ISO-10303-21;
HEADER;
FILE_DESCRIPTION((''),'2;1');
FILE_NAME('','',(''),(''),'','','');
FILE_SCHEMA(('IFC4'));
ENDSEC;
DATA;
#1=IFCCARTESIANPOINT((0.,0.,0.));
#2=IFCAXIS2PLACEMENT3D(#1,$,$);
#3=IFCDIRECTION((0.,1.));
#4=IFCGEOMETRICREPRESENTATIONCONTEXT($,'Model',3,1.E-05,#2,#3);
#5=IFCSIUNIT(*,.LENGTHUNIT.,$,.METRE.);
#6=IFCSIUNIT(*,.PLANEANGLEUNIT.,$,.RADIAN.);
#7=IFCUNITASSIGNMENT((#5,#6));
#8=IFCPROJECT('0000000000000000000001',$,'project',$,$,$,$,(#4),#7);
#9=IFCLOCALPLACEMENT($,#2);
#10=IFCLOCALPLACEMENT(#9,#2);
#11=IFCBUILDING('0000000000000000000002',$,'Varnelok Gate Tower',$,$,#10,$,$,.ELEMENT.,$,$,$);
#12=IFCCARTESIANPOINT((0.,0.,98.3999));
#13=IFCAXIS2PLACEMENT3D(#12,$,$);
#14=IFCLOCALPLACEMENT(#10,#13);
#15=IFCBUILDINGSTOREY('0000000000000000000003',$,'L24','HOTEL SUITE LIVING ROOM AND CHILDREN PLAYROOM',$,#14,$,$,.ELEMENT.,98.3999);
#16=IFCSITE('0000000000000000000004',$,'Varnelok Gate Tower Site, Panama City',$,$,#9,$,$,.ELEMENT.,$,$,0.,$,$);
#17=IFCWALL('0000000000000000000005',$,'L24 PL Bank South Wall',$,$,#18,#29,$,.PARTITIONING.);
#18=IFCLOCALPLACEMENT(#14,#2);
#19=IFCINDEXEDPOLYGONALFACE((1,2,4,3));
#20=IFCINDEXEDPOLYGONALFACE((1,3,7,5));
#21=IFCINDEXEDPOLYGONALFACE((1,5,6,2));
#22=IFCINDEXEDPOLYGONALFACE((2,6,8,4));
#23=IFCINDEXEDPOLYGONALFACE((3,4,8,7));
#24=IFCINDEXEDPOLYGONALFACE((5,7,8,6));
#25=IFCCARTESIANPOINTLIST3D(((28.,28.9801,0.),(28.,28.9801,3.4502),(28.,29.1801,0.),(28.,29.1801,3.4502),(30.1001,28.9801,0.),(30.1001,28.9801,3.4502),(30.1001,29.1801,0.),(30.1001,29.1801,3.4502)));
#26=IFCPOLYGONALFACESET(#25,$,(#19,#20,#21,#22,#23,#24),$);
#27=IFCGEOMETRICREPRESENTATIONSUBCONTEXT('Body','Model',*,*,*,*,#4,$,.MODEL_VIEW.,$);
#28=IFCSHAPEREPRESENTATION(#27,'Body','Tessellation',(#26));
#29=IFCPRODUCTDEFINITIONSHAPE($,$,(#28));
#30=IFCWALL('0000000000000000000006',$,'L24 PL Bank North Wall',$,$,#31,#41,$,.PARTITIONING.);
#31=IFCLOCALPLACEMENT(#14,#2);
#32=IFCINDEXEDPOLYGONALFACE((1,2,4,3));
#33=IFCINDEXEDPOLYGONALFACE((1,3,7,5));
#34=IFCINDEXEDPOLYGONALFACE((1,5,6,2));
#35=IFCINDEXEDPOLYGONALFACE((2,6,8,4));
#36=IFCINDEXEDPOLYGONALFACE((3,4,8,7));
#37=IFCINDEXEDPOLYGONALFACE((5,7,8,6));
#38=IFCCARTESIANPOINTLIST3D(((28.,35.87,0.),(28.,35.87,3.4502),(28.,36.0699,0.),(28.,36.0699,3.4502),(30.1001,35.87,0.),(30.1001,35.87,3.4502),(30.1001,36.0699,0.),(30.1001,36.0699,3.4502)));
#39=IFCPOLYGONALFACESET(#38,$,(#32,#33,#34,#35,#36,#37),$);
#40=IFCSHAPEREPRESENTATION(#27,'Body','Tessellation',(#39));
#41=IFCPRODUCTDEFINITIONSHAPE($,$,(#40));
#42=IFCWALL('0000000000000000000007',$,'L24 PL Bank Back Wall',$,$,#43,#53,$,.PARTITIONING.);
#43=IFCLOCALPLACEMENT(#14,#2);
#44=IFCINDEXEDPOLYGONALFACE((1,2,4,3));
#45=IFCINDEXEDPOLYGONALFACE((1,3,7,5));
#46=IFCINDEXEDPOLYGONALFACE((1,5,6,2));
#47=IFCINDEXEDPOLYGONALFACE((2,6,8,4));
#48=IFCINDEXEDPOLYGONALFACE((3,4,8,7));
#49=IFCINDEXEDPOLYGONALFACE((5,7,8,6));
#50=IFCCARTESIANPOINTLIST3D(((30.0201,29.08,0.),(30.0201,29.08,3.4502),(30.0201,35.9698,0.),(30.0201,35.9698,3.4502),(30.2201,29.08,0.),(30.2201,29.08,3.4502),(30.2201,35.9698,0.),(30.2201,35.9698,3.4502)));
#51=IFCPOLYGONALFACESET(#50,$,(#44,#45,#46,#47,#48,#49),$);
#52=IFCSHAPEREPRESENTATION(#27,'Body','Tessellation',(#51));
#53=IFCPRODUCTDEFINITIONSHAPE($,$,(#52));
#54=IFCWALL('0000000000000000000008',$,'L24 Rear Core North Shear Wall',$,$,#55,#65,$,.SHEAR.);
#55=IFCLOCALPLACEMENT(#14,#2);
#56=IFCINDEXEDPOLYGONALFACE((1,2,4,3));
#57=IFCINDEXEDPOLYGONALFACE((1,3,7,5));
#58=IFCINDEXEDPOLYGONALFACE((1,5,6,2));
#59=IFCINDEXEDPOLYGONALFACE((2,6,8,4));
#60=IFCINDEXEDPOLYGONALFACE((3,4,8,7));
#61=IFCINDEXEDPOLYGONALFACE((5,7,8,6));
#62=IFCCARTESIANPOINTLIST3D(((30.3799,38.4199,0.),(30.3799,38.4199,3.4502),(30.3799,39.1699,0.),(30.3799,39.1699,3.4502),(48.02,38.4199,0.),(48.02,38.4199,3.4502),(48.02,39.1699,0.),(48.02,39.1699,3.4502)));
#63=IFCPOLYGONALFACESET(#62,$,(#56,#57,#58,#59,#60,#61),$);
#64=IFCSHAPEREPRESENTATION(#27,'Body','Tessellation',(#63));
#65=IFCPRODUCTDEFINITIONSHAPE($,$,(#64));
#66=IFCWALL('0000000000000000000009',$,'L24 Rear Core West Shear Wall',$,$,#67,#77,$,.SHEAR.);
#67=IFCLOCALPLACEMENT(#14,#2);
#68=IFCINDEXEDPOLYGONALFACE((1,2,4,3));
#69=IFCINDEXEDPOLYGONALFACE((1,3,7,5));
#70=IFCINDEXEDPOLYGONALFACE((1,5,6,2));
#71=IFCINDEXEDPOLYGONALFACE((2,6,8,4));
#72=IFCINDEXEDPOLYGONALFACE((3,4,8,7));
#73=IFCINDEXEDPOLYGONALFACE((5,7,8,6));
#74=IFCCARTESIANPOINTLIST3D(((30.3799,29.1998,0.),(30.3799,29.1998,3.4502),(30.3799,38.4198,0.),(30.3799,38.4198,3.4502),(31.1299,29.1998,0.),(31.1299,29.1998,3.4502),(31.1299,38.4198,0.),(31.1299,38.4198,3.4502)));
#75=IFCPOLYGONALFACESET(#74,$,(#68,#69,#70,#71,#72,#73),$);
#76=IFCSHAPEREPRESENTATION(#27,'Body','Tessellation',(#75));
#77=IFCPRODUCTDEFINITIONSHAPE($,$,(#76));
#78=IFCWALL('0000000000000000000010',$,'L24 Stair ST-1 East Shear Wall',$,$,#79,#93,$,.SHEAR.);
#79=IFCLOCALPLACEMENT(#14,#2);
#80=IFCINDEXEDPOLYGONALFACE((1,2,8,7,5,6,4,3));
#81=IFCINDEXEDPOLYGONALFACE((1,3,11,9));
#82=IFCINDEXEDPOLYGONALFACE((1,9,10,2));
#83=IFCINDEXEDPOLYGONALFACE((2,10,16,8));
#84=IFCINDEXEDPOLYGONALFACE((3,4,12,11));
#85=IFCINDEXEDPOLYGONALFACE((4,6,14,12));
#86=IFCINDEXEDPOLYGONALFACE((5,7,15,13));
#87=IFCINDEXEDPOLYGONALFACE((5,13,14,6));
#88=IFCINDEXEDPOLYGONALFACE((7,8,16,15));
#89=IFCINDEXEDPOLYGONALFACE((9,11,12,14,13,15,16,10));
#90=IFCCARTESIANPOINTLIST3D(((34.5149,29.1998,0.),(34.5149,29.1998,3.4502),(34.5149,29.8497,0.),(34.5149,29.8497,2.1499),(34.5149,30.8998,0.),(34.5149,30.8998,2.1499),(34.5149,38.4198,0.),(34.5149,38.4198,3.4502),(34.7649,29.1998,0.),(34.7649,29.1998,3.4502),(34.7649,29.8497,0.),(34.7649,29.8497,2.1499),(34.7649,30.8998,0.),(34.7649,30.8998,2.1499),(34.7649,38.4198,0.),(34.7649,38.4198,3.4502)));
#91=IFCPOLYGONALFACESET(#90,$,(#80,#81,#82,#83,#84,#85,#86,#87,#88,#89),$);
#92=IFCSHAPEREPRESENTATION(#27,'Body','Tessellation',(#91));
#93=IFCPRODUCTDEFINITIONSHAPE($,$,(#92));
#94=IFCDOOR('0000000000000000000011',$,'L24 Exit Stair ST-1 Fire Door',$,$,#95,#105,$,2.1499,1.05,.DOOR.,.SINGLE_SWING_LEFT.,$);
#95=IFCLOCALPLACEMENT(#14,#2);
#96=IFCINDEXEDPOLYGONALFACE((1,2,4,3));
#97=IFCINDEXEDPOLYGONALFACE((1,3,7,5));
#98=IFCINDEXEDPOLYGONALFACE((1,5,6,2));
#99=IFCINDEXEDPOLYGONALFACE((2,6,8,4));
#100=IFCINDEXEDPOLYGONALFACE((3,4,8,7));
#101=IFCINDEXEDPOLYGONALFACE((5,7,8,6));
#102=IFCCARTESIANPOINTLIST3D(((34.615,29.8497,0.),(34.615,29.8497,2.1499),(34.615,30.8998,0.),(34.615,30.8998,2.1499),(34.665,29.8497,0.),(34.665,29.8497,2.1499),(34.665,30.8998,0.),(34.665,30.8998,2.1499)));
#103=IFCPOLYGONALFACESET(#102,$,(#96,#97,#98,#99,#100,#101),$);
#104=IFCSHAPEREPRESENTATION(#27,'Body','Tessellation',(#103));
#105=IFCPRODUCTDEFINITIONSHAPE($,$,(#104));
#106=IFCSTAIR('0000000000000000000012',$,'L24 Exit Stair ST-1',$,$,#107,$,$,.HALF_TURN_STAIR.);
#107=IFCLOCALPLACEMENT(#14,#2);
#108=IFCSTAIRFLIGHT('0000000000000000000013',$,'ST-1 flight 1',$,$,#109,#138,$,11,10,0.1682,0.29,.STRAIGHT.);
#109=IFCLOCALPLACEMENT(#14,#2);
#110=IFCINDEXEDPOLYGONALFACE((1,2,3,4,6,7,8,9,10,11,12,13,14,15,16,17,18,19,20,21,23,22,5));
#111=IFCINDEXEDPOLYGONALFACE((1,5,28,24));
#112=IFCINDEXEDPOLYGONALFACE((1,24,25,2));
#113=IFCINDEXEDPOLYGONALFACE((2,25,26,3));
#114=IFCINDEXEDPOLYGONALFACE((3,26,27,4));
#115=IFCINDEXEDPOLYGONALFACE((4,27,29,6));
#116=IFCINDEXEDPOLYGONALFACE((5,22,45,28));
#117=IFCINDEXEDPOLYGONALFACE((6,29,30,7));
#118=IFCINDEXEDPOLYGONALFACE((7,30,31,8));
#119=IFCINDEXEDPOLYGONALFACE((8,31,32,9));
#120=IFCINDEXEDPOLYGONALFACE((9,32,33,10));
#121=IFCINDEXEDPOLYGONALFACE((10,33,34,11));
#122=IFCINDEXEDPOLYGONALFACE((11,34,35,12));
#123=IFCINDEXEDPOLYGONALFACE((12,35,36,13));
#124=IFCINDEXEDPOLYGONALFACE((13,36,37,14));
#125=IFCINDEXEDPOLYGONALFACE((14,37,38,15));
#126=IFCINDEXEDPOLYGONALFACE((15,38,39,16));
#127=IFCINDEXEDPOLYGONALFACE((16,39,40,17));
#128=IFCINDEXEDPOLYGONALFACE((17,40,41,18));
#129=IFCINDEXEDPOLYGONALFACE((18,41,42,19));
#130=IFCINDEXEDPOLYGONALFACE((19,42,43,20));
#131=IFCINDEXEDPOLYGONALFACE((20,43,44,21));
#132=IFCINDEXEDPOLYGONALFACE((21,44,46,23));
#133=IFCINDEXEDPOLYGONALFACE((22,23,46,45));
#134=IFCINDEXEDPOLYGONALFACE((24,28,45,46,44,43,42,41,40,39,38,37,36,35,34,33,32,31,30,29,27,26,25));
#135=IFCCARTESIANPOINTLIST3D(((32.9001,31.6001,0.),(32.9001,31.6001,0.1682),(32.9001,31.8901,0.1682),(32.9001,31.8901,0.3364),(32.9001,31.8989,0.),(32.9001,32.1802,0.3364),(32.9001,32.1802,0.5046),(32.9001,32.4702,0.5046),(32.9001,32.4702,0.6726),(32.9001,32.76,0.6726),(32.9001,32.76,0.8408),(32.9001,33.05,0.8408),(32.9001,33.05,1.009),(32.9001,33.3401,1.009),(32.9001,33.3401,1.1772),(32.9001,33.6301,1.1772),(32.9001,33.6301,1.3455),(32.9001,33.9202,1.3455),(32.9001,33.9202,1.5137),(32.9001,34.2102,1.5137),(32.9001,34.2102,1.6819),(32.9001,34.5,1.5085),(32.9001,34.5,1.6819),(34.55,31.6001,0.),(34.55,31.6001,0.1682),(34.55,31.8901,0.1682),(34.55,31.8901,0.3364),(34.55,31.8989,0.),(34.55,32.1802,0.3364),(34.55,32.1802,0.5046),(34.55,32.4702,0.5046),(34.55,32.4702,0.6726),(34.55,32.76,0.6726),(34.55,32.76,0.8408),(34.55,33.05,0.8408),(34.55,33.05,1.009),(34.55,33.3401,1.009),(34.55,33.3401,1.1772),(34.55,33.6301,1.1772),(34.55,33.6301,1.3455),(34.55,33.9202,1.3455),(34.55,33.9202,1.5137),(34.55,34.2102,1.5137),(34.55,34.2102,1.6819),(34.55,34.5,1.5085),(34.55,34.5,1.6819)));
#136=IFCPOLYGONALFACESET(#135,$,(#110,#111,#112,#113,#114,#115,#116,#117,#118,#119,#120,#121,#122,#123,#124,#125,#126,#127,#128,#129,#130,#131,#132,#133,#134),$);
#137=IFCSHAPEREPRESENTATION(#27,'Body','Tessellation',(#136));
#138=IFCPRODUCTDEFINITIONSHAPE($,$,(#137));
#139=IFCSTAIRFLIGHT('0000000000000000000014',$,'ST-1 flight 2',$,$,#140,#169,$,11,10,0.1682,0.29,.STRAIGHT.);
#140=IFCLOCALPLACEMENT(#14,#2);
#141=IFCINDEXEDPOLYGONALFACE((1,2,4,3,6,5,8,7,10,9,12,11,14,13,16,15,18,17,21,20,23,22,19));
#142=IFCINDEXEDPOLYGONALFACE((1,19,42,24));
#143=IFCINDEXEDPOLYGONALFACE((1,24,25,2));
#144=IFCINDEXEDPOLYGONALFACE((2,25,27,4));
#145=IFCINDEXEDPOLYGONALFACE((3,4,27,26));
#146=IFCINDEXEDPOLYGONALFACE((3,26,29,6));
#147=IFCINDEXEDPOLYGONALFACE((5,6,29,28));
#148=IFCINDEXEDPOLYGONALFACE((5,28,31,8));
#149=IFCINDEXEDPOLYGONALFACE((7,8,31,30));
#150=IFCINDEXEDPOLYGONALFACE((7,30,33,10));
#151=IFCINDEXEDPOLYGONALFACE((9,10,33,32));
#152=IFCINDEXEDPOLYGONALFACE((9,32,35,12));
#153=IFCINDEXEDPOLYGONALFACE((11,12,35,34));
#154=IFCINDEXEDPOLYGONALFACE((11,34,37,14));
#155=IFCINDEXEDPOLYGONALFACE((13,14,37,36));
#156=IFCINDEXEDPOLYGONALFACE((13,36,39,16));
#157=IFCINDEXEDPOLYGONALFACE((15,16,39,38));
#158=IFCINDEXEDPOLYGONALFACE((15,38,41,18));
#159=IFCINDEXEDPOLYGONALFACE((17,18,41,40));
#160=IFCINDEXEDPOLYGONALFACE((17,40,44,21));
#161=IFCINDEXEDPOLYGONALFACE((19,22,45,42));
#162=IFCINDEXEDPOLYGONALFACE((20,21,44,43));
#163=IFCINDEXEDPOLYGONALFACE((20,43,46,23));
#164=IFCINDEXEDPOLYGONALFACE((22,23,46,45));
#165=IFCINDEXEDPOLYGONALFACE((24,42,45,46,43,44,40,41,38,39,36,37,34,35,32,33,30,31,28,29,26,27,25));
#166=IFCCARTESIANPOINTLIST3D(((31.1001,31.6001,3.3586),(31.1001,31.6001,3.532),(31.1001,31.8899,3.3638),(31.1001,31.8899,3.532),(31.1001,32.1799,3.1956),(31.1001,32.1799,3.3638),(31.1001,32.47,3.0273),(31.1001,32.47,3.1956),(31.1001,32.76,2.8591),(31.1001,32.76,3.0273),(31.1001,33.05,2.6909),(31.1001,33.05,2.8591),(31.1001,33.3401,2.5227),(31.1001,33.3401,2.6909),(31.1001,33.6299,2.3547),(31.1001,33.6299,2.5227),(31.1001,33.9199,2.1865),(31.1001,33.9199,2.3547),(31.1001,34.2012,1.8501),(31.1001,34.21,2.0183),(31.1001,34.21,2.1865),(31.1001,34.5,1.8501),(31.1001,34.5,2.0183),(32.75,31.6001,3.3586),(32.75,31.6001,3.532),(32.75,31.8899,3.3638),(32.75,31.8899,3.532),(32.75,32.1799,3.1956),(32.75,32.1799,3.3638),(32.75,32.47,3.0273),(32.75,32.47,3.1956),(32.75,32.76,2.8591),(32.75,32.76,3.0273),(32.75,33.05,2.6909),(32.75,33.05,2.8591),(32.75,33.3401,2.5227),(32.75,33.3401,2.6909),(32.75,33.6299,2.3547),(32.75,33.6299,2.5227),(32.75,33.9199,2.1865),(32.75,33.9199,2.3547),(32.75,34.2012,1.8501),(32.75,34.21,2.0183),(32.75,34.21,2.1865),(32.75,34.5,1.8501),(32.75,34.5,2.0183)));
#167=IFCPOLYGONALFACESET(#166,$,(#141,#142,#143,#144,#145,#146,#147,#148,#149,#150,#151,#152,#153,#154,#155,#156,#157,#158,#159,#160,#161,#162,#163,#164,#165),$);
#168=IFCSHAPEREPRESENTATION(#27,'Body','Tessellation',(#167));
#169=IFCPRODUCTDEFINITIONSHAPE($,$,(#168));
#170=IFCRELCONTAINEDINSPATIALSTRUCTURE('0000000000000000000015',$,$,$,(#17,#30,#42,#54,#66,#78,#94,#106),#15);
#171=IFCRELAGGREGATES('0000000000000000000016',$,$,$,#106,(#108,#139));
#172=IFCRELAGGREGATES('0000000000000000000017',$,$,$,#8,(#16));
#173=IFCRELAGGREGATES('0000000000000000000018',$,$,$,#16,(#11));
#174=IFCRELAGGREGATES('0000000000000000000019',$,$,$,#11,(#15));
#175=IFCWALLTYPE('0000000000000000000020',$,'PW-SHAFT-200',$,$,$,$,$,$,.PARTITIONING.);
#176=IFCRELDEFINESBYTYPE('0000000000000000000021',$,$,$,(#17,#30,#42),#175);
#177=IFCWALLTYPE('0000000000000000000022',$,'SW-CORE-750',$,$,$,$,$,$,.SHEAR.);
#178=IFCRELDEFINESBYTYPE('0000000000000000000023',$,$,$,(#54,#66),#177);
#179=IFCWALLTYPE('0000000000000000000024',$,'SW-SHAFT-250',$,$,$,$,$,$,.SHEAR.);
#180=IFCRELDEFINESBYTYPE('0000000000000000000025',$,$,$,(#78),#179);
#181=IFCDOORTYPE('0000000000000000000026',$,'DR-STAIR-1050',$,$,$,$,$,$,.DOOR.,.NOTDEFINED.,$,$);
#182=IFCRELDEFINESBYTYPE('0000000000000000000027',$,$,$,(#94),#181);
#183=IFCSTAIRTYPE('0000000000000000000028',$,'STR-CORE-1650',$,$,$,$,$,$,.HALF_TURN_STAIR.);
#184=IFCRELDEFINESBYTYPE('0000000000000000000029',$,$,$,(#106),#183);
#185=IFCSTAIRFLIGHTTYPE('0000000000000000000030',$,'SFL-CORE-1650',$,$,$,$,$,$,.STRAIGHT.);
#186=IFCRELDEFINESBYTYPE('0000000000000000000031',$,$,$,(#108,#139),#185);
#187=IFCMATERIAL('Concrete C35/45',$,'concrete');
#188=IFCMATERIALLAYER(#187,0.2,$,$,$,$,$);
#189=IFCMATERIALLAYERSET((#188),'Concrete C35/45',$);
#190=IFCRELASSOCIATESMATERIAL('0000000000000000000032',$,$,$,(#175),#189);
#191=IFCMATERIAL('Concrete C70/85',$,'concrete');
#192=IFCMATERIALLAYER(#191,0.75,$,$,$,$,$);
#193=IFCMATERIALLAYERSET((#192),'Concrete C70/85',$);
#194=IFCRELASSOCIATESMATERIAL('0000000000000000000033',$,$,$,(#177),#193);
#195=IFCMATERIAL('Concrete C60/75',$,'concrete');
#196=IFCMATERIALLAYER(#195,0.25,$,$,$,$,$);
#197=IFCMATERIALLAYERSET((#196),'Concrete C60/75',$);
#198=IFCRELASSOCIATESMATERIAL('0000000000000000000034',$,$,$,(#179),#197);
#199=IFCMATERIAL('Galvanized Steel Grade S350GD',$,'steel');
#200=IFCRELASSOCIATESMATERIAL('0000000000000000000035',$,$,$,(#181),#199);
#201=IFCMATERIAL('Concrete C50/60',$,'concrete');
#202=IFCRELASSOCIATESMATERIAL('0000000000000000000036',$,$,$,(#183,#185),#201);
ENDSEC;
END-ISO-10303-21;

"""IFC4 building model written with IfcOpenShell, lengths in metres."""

from ifc_helpers import new_model, si_unit, direction, frame, frame_2d, origin, place, context, subcontext, project, spatial, polyline, rectangle, outline, extrude, material, layer, layer_set, type_object, element, fill, aggregate, save


model = new_model("IFC4")

# Units and contexts
model_context = context("Model", 3, precision=1e-05, world=origin(), true_north=direction((0.0, 1.0)))
body_context = subcontext(model_context, "Body", "Model", "MODEL_VIEW")
ifc_project = project(units=[si_unit("LENGTHUNIT", "METRE"), si_unit("PLANEANGLEUNIT", "RADIAN")], contexts=[model_context])

# Site, building, storey
site_placement = place(None, origin())
site = spatial("IfcSite", under=ifc_project, at=site_placement, Name="Varnelok Gate Tower Site, Panama City", CompositionType="ELEMENT", RefElevation=0.0)
building_placement = place(site_placement, origin())
building = spatial("IfcBuilding", under=site, at=building_placement, Name="Varnelok Gate Tower", CompositionType="ELEMENT")
storey_placement = place(building_placement, frame((0.0, 0.0, 98.3999)))
storey = spatial("IfcBuildingStorey", under=building, at=storey_placement, Name="L24", Description="HOTEL SUITE LIVING ROOM AND CHILDREN PLAYROOM", CompositionType="ELEMENT", Elevation=98.3999)

# Shared definitions
ifc_material_1 = material(Name="Concrete C70/85", Category="concrete")

# Shared definitions
ifc_material_2 = material(Name="Concrete C35/45", Category="concrete")
ifc_layer_1 = layer(ifc_material_2, 0.2)
ifc_layer_set_1 = layer_set([ifc_layer_1], Name="Concrete C35/45")
wall_type_1 = type_object("IfcWallType", Name="PW-SHAFT-200", PredefinedType="PARTITIONING", material=ifc_layer_set_1)
ifc_material_3 = material(Name="Galvanized Steel Grade S350GD", Category="steel")

# Walls
for number, where, z_axis, x_axis, name in (
    (1, (28.0, 29.0801, 0.0), (0.0, 0.0, 1.0), (1.0, 0.0, 0.0), "L24 PL Bank South Wall"),
    (2, (28.0, 35.97, 0.0), (0.0, 0.0, 1.0), (1.0, 0.0, 0.0), "L24 PL Bank North Wall"),
):
    element("IfcWall", number, at=place(storey_placement, frame(where, z_axis=z_axis, x_axis=x_axis)), inside=storey, type_object=wall_type_1, Name=name, PredefinedType="PARTITIONING", context=body_context, shape_type="SweptSolid", body=[
        extrude(rectangle(XDim=2.1001, YDim=0.2, at=frame_2d((1.05, 0.0))), origin(), (0.0, 0.0, 1.0), 3.4502),
    ])
wall_1_placement = place(storey_placement, frame((30.1201, 29.0801, 0.0), z_axis=(0.0, 0.0, 1.0), x_axis=(0.0, 1.0, 0.0)))
element("IfcWall", 3, at=wall_1_placement, inside=storey, type_object=wall_type_1, Name="L24 PL Bank Back Wall", PredefinedType="PARTITIONING", context=body_context, shape_type="SweptSolid", body=[
    extrude(rectangle(XDim=6.8899, YDim=0.2, at=frame_2d((3.4448, 0.0))), origin(), (0.0, 0.0, 1.0), 3.4502),
])
ifc_layer_2 = layer(ifc_material_1, 0.75)
ifc_layer_set_2 = layer_set([ifc_layer_2], Name="Concrete C70/85")
wall_type_2 = type_object("IfcWallType", Name="SW-CORE-750", PredefinedType="SHEAR", material=ifc_layer_set_2)
wall_2_placement = place(storey_placement, frame((30.3799, 38.7949, 0.0), z_axis=(0.0, 0.0, 1.0), x_axis=(1.0, 0.0, 0.0)))
element("IfcWall", 4, at=wall_2_placement, inside=storey, type_object=wall_type_2, Name="L24 Rear Core North Shear Wall", PredefinedType="SHEAR", context=body_context, shape_type="SweptSolid", body=[
    extrude(rectangle(XDim=17.6401, YDim=0.75, at=frame_2d((8.8201, 0.0))), origin(), (0.0, 0.0, 1.0), 3.4502),
])
wall_3_placement = place(storey_placement, frame((30.7549, 29.2, 0.0), z_axis=(0.0, 0.0, 1.0), x_axis=(0.0, 1.0, 0.0)))
element("IfcWall", 5, at=wall_3_placement, inside=storey, type_object=wall_type_2, Name="L24 Rear Core West Shear Wall", PredefinedType="SHEAR", context=body_context, shape_type="SweptSolid", body=[
    extrude(rectangle(XDim=9.22, YDim=0.75, at=frame_2d((4.6099, 0.0))), origin(), (0.0, 0.0, 1.0), 3.4502),
])

# Wall, opening, door
ifc_material_4 = material(Name="Concrete C60/75", Category="concrete")
ifc_layer_3 = layer(ifc_material_4, 0.25)
ifc_layer_set_3 = layer_set([ifc_layer_3], Name="Concrete C60/75")
wall_type_3 = type_object("IfcWallType", Name="SW-SHAFT-250", PredefinedType="SHEAR", material=ifc_layer_set_3)
wall_4_placement = place(storey_placement, frame((34.6399, 29.2, 0.0), z_axis=(0.0, 0.0, 1.0), x_axis=(0.0, 1.0, 0.0)))
wall_4 = element("IfcWall", 6, at=wall_4_placement, inside=storey, type_object=wall_type_3, Name="L24 Stair ST-1 East Shear Wall", PredefinedType="SHEAR", context=body_context, shape_type="SweptSolid", body=[
    extrude(rectangle(XDim=9.22, YDim=0.25, at=frame_2d((4.6099, 0.0))), origin(), (0.0, 0.0, 1.0), 3.4502),
])
opening_1_placement = place(wall_4_placement, frame((0.6499, 0.0, 0.0)))
opening_1 = element("IfcOpeningElement", 7, at=opening_1_placement, cuts=wall_4, PredefinedType="OPENING", context=body_context, shape_type="SweptSolid", body=[
    extrude(rectangle(XDim=1.05, YDim=2.1499, at=frame_2d((0.5249, 1.075))), frame((0.0, 0.135, 0.0), z_axis=(0.0, -1.0, 0.0), x_axis=(1.0, 0.0, 0.0)), (0.0, 0.0, 1.0), 0.27),
])
door_type_1 = type_object("IfcDoorType", Name="DR-STAIR-1050", OperationType="NOTDEFINED", PredefinedType="DOOR", material=ifc_material_3)
door_1_placement = place(opening_1_placement, origin())
door_1 = element("IfcDoor", 8, at=door_1_placement, inside=storey, type_object=door_type_1, Name="L24 Exit Stair ST-1 Fire Door", OperationType="SINGLE_SWING_LEFT", OverallHeight=2.1499, OverallWidth=1.05, PredefinedType="DOOR", context=body_context, shape_type="SweptSolid", body=[
    extrude(rectangle(XDim=1.05, YDim=2.1499, at=frame_2d((0.5249, 1.075))), frame((0.0, 0.0249, 0.0), z_axis=(0.0, -1.0, 0.0), x_axis=(1.0, 0.0, 0.0)), (0.0, 0.0, 1.0), 0.05),
])
fill(opening_1, door_1)

# Stair, stair flights
ifc_material_5 = material(Name="Concrete C50/60", Category="concrete")
stair_type = type_object("IfcStairType", Name="STR-CORE-1650", PredefinedType="HALF_TURN_STAIR", material=ifc_material_5)
stair_placement = place(storey_placement, origin())
stair = element("IfcStair", 9, at=stair_placement, inside=storey, type_object=stair_type, Name="L24 Exit Stair ST-1", PredefinedType="HALF_TURN_STAIR")
stair_flight_type = type_object("IfcStairFlightType", Name="SFL-CORE-1650", PredefinedType="STRAIGHT", material=ifc_material_5)
stair_flight_1_placement = place(storey_placement, frame((33.7251, 31.6001, 0.0), z_axis=(0.0, 0.0, 1.0), x_axis=(0.0, 1.0, 0.0)))
stair_flight_1 = element("IfcStairFlight", 10, at=stair_flight_1_placement, type_object=stair_flight_type, Name="ST-1 flight 1", NumberOfRisers=11, NumberOfTreads=10, PredefinedType="STRAIGHT", RiserHeight=0.1682, TreadLength=0.29, context=body_context, shape_type="SweptSolid", body=[
    extrude(outline(polyline([(0.0, 0.0), (0.0, 0.1682), (0.29, 0.1682), (0.29, 0.3364), (0.5801, 0.3364), (0.5801, 0.5046), (0.8701, 0.5046), (0.8701, 0.6726), (1.1599, 0.6726), (1.1599, 0.8408), (1.45, 0.8408), (1.45, 1.009), (1.74, 1.009), (1.74, 1.1772), (2.03, 1.1772), (2.03, 1.3455), (2.3201, 1.3455), (2.3201, 1.5137), (2.6101, 1.5137), (2.6101, 1.6819), (2.8999, 1.6819), (2.8999, 1.8501), (2.8999, 1.5085), (0.2988, 0.0), (0.0, 0.0)])), frame((0.0, 0.825, 0.0), z_axis=(0.0, -1.0, 0.0), x_axis=(1.0, 0.0, 0.0)), (0.0, 0.0, 1.0), 1.6499),
])
stair_flight_2_placement = place(storey_placement, frame((31.925, 34.5, 1.8501), z_axis=(0.0, 0.0, 1.0), x_axis=(0.0, -1.0, 0.0)))
stair_flight_2 = element("IfcStairFlight", 11, at=stair_flight_2_placement, type_object=stair_flight_type, Name="ST-1 flight 2", NumberOfRisers=11, NumberOfTreads=10, PredefinedType="STRAIGHT", RiserHeight=0.1682, TreadLength=0.29, context=body_context, shape_type="SweptSolid", body=[
    extrude(outline(polyline([(0.0, 0.0), (0.0, 0.1682), (0.29, 0.1682), (0.29, 0.3364), (0.5801, 0.3364), (0.5801, 0.5046), (0.8701, 0.5046), (0.8701, 0.6726), (1.1599, 0.6726), (1.1599, 0.8408), (1.45, 0.8408), (1.45, 1.009), (1.74, 1.009), (1.74, 1.1772), (2.03, 1.1772), (2.03, 1.3455), (2.3201, 1.3455), (2.3201, 1.5137), (2.6101, 1.5137), (2.6101, 1.6819), (2.8999, 1.6819), (2.8999, 1.8501), (2.8999, 1.5085), (0.2988, 0.0), (0.0, 0.0)])), frame((0.0, 0.825, 0.0), z_axis=(0.0, -1.0, 0.0), x_axis=(1.0, 0.0, 0.0)), (0.0, 0.0, 1.0), 1.6499),
])
aggregate(stair, [stair_flight_1, stair_flight_2])

save(model, "model.ifc")
